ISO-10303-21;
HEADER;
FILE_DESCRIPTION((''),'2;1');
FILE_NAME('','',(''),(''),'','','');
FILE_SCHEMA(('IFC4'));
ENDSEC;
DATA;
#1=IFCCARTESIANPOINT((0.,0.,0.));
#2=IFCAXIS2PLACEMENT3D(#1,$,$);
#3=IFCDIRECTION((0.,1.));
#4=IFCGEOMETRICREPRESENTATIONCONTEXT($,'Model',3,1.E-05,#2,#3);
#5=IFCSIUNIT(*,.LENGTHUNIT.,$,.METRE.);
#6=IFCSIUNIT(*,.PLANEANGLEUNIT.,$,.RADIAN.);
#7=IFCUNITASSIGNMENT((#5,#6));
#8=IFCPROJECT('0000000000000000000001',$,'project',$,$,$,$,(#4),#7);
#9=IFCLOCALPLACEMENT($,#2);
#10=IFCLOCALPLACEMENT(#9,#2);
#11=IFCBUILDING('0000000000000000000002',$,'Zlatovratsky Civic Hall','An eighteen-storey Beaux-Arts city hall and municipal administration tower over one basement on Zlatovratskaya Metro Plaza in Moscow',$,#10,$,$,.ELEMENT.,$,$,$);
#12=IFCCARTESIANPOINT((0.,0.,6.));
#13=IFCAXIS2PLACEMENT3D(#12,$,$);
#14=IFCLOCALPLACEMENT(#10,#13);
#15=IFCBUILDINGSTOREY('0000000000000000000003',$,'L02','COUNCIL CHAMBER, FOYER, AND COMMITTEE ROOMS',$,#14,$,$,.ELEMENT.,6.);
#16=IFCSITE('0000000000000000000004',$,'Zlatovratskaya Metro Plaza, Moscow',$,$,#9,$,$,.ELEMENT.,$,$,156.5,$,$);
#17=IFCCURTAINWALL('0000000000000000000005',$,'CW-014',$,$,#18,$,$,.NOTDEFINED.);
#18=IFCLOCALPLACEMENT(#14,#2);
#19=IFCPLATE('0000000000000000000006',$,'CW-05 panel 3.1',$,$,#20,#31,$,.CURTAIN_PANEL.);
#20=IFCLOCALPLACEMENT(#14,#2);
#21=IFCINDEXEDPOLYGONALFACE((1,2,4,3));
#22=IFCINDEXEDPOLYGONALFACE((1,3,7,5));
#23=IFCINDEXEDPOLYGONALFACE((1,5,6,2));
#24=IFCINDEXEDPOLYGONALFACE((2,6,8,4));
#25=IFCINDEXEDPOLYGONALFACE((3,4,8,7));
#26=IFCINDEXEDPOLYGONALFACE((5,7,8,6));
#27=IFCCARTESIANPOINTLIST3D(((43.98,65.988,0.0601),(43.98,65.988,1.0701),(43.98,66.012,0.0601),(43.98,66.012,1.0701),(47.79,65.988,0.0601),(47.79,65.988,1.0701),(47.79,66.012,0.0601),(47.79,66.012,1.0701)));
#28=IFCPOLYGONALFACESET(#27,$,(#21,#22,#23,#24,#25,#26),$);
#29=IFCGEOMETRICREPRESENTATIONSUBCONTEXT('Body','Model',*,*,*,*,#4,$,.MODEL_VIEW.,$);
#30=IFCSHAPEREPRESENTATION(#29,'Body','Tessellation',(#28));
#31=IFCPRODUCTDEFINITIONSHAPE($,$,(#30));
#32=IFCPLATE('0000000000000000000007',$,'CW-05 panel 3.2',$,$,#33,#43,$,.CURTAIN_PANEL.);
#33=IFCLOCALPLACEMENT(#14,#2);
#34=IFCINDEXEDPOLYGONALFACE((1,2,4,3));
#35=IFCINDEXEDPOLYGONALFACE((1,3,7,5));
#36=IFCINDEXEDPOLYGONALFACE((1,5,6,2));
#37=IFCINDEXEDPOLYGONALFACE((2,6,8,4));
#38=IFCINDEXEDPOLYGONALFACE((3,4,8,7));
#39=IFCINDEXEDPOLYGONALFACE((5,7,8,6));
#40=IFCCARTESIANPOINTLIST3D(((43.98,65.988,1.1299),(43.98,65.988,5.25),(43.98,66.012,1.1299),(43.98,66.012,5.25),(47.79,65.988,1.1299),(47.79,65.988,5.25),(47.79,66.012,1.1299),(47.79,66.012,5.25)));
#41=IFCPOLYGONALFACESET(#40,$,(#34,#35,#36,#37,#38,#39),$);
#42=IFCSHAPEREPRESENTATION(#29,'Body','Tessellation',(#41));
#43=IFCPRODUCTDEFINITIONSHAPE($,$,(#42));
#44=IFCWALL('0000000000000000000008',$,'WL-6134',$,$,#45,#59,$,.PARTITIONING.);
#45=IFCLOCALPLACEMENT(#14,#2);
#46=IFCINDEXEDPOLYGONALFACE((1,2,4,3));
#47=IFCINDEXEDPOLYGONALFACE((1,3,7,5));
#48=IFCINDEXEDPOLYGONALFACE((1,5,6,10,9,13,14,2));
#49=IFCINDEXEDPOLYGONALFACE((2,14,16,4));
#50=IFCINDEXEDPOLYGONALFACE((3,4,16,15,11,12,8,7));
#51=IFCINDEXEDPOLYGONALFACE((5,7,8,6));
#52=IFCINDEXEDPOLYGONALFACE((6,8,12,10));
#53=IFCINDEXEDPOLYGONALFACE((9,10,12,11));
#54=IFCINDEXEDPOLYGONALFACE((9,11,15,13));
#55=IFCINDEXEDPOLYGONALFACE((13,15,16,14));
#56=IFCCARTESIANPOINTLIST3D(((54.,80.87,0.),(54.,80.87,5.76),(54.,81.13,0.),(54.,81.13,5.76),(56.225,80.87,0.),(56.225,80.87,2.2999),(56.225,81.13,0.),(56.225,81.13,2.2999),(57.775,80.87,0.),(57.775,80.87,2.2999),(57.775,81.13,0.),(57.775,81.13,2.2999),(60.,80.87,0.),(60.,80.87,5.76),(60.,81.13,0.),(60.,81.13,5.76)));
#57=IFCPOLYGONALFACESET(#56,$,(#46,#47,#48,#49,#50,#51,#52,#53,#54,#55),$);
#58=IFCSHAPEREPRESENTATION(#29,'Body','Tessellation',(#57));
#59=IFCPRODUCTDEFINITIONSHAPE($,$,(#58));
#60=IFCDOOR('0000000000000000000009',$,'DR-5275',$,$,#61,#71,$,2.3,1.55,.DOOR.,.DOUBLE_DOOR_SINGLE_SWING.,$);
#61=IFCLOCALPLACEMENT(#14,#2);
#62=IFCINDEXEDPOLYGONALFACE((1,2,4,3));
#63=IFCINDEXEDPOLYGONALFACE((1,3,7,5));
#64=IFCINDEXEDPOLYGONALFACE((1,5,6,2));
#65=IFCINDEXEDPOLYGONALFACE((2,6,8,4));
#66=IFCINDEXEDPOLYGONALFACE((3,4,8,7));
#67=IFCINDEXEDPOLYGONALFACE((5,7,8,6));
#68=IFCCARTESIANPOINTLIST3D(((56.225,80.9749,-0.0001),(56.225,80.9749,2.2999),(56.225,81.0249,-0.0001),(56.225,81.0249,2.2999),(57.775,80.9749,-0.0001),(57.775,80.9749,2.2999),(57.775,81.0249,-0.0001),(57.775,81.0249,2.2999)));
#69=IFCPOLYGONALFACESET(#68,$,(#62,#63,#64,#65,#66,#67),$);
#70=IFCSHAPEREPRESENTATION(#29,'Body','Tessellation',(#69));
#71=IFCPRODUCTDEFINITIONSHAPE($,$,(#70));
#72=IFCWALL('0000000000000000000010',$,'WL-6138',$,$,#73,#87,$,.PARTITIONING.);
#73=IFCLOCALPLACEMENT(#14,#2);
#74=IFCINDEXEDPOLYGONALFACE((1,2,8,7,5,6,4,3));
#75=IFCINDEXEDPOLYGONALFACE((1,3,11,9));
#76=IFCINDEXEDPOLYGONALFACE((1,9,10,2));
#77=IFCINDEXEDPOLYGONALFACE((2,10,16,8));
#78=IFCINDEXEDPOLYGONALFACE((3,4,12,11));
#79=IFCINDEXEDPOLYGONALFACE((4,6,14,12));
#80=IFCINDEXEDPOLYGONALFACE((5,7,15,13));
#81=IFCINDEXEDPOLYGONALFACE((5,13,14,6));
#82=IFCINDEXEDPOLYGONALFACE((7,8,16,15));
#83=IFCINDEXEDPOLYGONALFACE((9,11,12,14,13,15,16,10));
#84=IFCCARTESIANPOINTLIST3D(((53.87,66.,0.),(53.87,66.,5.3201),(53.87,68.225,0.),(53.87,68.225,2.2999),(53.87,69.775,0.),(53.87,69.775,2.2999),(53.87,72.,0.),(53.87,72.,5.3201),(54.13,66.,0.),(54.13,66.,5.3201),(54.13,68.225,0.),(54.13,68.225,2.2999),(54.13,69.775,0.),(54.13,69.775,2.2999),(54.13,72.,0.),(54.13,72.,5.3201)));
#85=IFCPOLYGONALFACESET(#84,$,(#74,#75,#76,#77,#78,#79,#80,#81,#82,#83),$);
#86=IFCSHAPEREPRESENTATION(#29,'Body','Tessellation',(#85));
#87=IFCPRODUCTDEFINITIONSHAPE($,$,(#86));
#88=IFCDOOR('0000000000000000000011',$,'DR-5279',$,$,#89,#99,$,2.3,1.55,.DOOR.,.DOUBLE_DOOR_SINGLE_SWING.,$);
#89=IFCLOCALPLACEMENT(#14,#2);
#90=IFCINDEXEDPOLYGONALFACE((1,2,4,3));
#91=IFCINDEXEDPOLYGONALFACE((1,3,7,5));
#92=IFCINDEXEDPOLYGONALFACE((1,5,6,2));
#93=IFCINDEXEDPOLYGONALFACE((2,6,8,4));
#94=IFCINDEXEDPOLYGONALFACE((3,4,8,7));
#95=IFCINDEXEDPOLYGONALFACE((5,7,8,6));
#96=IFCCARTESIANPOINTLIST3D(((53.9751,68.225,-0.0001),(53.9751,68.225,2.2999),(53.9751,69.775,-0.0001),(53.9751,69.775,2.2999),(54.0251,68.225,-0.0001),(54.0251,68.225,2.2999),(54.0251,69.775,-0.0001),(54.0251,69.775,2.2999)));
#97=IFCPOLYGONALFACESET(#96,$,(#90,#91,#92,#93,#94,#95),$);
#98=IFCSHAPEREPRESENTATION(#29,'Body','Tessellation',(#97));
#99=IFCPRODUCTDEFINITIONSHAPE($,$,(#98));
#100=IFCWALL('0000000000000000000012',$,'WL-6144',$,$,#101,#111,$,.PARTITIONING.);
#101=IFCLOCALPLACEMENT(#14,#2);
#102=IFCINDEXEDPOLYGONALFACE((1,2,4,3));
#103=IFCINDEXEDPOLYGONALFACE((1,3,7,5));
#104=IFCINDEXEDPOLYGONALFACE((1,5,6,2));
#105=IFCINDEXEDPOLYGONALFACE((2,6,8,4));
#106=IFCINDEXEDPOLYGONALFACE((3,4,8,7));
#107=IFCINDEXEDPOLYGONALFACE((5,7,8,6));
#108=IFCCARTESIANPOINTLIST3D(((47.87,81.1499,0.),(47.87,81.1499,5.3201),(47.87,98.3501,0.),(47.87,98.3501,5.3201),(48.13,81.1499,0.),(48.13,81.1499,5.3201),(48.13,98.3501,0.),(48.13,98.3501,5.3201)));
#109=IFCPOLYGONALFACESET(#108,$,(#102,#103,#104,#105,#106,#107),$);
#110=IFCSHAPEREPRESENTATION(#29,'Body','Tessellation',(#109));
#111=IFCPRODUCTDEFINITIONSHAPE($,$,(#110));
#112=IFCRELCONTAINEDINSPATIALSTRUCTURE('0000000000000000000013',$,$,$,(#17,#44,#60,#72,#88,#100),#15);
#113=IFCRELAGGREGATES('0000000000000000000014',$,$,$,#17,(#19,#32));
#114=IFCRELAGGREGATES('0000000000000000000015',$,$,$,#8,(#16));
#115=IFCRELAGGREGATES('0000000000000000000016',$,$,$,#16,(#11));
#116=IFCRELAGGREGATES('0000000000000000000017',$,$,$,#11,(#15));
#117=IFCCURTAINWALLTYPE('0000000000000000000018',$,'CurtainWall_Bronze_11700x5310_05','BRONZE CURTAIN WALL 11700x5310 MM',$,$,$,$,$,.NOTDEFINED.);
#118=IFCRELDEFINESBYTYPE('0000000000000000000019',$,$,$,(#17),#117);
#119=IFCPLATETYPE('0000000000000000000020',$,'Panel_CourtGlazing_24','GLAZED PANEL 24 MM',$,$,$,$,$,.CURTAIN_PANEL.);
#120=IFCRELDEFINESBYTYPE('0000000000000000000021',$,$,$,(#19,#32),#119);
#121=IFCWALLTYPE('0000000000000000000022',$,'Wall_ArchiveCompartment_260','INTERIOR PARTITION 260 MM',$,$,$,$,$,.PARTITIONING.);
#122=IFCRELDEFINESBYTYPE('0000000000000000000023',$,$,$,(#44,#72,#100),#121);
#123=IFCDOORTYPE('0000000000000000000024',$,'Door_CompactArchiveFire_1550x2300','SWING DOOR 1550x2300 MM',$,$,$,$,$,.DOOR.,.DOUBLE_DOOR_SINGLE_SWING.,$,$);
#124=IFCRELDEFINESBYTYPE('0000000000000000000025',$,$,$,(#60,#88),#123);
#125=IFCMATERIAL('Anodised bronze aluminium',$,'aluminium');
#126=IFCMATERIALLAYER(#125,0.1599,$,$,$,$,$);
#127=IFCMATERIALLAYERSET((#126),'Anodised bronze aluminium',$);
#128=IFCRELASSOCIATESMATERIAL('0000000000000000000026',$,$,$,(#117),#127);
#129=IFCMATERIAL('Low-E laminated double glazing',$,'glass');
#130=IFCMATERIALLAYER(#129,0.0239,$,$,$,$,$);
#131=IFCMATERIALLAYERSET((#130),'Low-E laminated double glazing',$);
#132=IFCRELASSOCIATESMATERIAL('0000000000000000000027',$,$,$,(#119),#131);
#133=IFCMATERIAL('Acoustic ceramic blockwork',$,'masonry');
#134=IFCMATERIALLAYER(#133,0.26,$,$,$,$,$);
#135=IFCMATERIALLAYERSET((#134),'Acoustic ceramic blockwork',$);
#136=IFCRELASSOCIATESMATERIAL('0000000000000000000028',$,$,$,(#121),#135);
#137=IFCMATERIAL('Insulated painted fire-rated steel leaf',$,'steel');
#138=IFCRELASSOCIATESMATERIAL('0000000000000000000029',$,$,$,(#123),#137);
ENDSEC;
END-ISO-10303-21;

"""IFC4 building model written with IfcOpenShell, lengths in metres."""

from ifc_helpers import new_model, si_unit, direction, frame, frame_2d, origin, origin_2d, place, context, subcontext, project, spatial, rectangle, extrude, material, layer, layer_set, type_object, element, fill, aggregate, save


model = new_model("IFC4")

# Units and contexts
model_context = context("Model", 3, precision=1e-05, world=origin(), true_north=direction((0.0, 1.0)))
body_context = subcontext(model_context, "Body", "Model", "MODEL_VIEW")
ifc_project = project(units=[si_unit("LENGTHUNIT", "METRE"), si_unit("PLANEANGLEUNIT", "RADIAN")], contexts=[model_context])

# Site, building, storey
site_placement = place(None, origin())
site = spatial("IfcSite", under=ifc_project, at=site_placement, Name="Zlatovratskaya Metro Plaza, Moscow", CompositionType="ELEMENT", RefElevation=156.5)
building_placement = place(site_placement, origin())
building = spatial("IfcBuilding", under=site, at=building_placement, Name="Zlatovratsky Civic Hall", Description="An eighteen-storey Beaux-Arts city hall and municipal administration tower over one basement on Zlatovratskaya Metro Plaza in Moscow", CompositionType="ELEMENT")
storey_placement = place(building_placement, frame((0.0, 0.0, 6.0)))
storey = spatial("IfcBuildingStorey", under=building, at=storey_placement, Name="L02", Description="COUNCIL CHAMBER, FOYER, AND COMMITTEE ROOMS", CompositionType="ELEMENT", Elevation=6.0)

# Curtain wall
ifc_material_1 = material(Name="Anodised bronze aluminium", Category="aluminium")
ifc_layer_1 = layer(ifc_material_1, 0.1599)
ifc_layer_set_1 = layer_set([ifc_layer_1], Name="Anodised bronze aluminium")
curtain_wall_type = type_object("IfcCurtainWallType", Name="CurtainWall_Bronze_11700x5310_05", Description="BRONZE CURTAIN WALL 11700x5310 MM", PredefinedType="NOTDEFINED", material=ifc_layer_set_1)
curtain_wall_placement = place(storey_placement, origin())
curtain_wall = element("IfcCurtainWall", 1, at=curtain_wall_placement, inside=storey, type_object=curtain_wall_type, Name="CW-014", PredefinedType="NOTDEFINED")

# Plates
ifc_material_2 = material(Name="Low-E laminated double glazing", Category="glass")
ifc_layer_2 = layer(ifc_material_2, 0.0239)
ifc_layer_set_2 = layer_set([ifc_layer_2], Name="Low-E laminated double glazing")
plate_type = type_object("IfcPlateType", Name="Panel_CourtGlazing_24", Description="GLAZED PANEL 24 MM", PredefinedType="CURTAIN_PANEL", material=ifc_layer_set_2)
plate_1_placement = place(storey_placement, frame((45.885, 66.0, 0.0601), z_axis=(0.0, 0.0, 1.0), x_axis=(1.0, 0.0, 0.0)))
plate_1 = element("IfcPlate", 2, at=plate_1_placement, type_object=plate_type, Name="CW-05 panel 3.1", PredefinedType="CURTAIN_PANEL", context=body_context, shape_type="SweptSolid", body=[
    extrude(rectangle(XDim=3.8101, YDim=0.0239, at=origin_2d()), origin(), (0.0, 0.0, 1.0), 1.01),
])
plate_2_placement = place(storey_placement, frame((45.885, 66.0, 1.1299), z_axis=(0.0, 0.0, 1.0), x_axis=(1.0, 0.0, 0.0)))
plate_2 = element("IfcPlate", 3, at=plate_2_placement, type_object=plate_type, Name="CW-05 panel 3.2", PredefinedType="CURTAIN_PANEL", context=body_context, shape_type="SweptSolid", body=[
    extrude(rectangle(XDim=3.8101, YDim=0.0239, at=origin_2d()), origin(), (0.0, 0.0, 1.0), 4.1201),
])
aggregate(curtain_wall, [plate_1, plate_2])

# Walls, openings, doors
ifc_material_3 = material(Name="Acoustic ceramic blockwork", Category="masonry")
ifc_layer_3 = layer(ifc_material_3, 0.26)
ifc_layer_set_3 = layer_set([ifc_layer_3], Name="Acoustic ceramic blockwork")
wall_type = type_object("IfcWallType", Name="Wall_ArchiveCompartment_260", Description="INTERIOR PARTITION 260 MM", PredefinedType="PARTITIONING", material=ifc_layer_set_3)
wall_1_placement = place(storey_placement, frame((54.0, 81.0, 0.0), z_axis=(0.0, 0.0, 1.0), x_axis=(1.0, 0.0, 0.0)))
wall_1 = element("IfcWall", 4, at=wall_1_placement, inside=storey, type_object=wall_type, Name="WL-6134", PredefinedType="PARTITIONING", context=body_context, shape_type="SweptSolid", body=[
    extrude(rectangle(XDim=6.0, YDim=0.26, at=frame_2d((3.0, 0.0))), origin(), (0.0, 0.0, 1.0), 5.76),
])
opening_1_placement = place(wall_1_placement, frame((2.2251, 0.0, 0.0)))
opening_1 = element("IfcOpeningElement", 5, at=opening_1_placement, cuts=wall_1, PredefinedType="OPENING", context=body_context, shape_type="SweptSolid", body=[
    extrude(rectangle(XDim=1.55, YDim=2.3, at=frame_2d((0.7749, 1.1499))), frame((0.0, 0.145, 0.0), z_axis=(0.0, -1.0, 0.0), x_axis=(1.0, 0.0, 0.0)), (0.0, 0.0, 1.0), 0.2898),
])
ifc_material_4 = material(Name="Insulated painted fire-rated steel leaf", Category="steel")
door_type = type_object("IfcDoorType", Name="Door_CompactArchiveFire_1550x2300", Description="SWING DOOR 1550x2300 MM", OperationType="DOUBLE_DOOR_SINGLE_SWING", PredefinedType="DOOR", material=ifc_material_4)
door_1_placement = place(opening_1_placement, origin())
door_1 = element("IfcDoor", 6, at=door_1_placement, inside=storey, type_object=door_type, Name="DR-5275", OperationType="DOUBLE_DOOR_SINGLE_SWING", OverallHeight=2.3, OverallWidth=1.55, PredefinedType="DOOR", context=body_context, shape_type="SweptSolid", body=[
    extrude(rectangle(XDim=1.55, YDim=2.3, at=frame_2d((0.7749, 1.1499))), frame((0.0, 0.0249, 0.0), z_axis=(0.0, -1.0, 0.0), x_axis=(1.0, 0.0, 0.0)), (0.0, 0.0, 1.0), 0.05),
])
fill(opening_1, door_1)
wall_2_placement = place(storey_placement, frame((54.0, 66.0, 0.0), z_axis=(0.0, 0.0, 1.0), x_axis=(0.0, 1.0, 0.0)))
wall_2 = element("IfcWall", 7, at=wall_2_placement, inside=storey, type_object=wall_type, Name="WL-6138", PredefinedType="PARTITIONING", context=body_context, shape_type="SweptSolid", body=[
    extrude(rectangle(XDim=6.0, YDim=0.26, at=frame_2d((3.0, 0.0))), origin(), (0.0, 0.0, 1.0), 5.3201),
])
opening_2_placement = place(wall_2_placement, frame((2.2251, 0.0, 0.0)))
opening_2 = element("IfcOpeningElement", 8, at=opening_2_placement, cuts=wall_2, PredefinedType="OPENING", context=body_context, shape_type="SweptSolid", body=[
    extrude(rectangle(XDim=1.55, YDim=2.3, at=frame_2d((0.7749, 1.1499))), frame((0.0, 0.145, 0.0), z_axis=(0.0, -1.0, 0.0), x_axis=(1.0, 0.0, 0.0)), (0.0, 0.0, 1.0), 0.2898),
])
door_2_placement = place(opening_2_placement, origin())
door_2 = element("IfcDoor", 9, at=door_2_placement, inside=storey, type_object=door_type, Name="DR-5279", OperationType="DOUBLE_DOOR_SINGLE_SWING", OverallHeight=2.3, OverallWidth=1.55, PredefinedType="DOOR", context=body_context, shape_type="SweptSolid", body=[
    extrude(rectangle(XDim=1.55, YDim=2.3, at=frame_2d((0.7749, 1.1499))), frame((0.0, 0.0249, 0.0), z_axis=(0.0, -1.0, 0.0), x_axis=(1.0, 0.0, 0.0)), (0.0, 0.0, 1.0), 0.05),
])
fill(opening_2, door_2)

# Wall
wall_3_placement = place(storey_placement, frame((48.0, 81.1499, 0.0), z_axis=(0.0, 0.0, 1.0), x_axis=(0.0, 1.0, 0.0)))
element("IfcWall", 10, at=wall_3_placement, inside=storey, type_object=wall_type, Name="WL-6144", PredefinedType="PARTITIONING", context=body_context, shape_type="SweptSolid", body=[
    extrude(rectangle(XDim=17.2002, YDim=0.26, at=frame_2d((8.6001, 0.0))), origin(), (0.0, 0.0, 1.0), 5.3201),
])

save(model, "model.ifc")
